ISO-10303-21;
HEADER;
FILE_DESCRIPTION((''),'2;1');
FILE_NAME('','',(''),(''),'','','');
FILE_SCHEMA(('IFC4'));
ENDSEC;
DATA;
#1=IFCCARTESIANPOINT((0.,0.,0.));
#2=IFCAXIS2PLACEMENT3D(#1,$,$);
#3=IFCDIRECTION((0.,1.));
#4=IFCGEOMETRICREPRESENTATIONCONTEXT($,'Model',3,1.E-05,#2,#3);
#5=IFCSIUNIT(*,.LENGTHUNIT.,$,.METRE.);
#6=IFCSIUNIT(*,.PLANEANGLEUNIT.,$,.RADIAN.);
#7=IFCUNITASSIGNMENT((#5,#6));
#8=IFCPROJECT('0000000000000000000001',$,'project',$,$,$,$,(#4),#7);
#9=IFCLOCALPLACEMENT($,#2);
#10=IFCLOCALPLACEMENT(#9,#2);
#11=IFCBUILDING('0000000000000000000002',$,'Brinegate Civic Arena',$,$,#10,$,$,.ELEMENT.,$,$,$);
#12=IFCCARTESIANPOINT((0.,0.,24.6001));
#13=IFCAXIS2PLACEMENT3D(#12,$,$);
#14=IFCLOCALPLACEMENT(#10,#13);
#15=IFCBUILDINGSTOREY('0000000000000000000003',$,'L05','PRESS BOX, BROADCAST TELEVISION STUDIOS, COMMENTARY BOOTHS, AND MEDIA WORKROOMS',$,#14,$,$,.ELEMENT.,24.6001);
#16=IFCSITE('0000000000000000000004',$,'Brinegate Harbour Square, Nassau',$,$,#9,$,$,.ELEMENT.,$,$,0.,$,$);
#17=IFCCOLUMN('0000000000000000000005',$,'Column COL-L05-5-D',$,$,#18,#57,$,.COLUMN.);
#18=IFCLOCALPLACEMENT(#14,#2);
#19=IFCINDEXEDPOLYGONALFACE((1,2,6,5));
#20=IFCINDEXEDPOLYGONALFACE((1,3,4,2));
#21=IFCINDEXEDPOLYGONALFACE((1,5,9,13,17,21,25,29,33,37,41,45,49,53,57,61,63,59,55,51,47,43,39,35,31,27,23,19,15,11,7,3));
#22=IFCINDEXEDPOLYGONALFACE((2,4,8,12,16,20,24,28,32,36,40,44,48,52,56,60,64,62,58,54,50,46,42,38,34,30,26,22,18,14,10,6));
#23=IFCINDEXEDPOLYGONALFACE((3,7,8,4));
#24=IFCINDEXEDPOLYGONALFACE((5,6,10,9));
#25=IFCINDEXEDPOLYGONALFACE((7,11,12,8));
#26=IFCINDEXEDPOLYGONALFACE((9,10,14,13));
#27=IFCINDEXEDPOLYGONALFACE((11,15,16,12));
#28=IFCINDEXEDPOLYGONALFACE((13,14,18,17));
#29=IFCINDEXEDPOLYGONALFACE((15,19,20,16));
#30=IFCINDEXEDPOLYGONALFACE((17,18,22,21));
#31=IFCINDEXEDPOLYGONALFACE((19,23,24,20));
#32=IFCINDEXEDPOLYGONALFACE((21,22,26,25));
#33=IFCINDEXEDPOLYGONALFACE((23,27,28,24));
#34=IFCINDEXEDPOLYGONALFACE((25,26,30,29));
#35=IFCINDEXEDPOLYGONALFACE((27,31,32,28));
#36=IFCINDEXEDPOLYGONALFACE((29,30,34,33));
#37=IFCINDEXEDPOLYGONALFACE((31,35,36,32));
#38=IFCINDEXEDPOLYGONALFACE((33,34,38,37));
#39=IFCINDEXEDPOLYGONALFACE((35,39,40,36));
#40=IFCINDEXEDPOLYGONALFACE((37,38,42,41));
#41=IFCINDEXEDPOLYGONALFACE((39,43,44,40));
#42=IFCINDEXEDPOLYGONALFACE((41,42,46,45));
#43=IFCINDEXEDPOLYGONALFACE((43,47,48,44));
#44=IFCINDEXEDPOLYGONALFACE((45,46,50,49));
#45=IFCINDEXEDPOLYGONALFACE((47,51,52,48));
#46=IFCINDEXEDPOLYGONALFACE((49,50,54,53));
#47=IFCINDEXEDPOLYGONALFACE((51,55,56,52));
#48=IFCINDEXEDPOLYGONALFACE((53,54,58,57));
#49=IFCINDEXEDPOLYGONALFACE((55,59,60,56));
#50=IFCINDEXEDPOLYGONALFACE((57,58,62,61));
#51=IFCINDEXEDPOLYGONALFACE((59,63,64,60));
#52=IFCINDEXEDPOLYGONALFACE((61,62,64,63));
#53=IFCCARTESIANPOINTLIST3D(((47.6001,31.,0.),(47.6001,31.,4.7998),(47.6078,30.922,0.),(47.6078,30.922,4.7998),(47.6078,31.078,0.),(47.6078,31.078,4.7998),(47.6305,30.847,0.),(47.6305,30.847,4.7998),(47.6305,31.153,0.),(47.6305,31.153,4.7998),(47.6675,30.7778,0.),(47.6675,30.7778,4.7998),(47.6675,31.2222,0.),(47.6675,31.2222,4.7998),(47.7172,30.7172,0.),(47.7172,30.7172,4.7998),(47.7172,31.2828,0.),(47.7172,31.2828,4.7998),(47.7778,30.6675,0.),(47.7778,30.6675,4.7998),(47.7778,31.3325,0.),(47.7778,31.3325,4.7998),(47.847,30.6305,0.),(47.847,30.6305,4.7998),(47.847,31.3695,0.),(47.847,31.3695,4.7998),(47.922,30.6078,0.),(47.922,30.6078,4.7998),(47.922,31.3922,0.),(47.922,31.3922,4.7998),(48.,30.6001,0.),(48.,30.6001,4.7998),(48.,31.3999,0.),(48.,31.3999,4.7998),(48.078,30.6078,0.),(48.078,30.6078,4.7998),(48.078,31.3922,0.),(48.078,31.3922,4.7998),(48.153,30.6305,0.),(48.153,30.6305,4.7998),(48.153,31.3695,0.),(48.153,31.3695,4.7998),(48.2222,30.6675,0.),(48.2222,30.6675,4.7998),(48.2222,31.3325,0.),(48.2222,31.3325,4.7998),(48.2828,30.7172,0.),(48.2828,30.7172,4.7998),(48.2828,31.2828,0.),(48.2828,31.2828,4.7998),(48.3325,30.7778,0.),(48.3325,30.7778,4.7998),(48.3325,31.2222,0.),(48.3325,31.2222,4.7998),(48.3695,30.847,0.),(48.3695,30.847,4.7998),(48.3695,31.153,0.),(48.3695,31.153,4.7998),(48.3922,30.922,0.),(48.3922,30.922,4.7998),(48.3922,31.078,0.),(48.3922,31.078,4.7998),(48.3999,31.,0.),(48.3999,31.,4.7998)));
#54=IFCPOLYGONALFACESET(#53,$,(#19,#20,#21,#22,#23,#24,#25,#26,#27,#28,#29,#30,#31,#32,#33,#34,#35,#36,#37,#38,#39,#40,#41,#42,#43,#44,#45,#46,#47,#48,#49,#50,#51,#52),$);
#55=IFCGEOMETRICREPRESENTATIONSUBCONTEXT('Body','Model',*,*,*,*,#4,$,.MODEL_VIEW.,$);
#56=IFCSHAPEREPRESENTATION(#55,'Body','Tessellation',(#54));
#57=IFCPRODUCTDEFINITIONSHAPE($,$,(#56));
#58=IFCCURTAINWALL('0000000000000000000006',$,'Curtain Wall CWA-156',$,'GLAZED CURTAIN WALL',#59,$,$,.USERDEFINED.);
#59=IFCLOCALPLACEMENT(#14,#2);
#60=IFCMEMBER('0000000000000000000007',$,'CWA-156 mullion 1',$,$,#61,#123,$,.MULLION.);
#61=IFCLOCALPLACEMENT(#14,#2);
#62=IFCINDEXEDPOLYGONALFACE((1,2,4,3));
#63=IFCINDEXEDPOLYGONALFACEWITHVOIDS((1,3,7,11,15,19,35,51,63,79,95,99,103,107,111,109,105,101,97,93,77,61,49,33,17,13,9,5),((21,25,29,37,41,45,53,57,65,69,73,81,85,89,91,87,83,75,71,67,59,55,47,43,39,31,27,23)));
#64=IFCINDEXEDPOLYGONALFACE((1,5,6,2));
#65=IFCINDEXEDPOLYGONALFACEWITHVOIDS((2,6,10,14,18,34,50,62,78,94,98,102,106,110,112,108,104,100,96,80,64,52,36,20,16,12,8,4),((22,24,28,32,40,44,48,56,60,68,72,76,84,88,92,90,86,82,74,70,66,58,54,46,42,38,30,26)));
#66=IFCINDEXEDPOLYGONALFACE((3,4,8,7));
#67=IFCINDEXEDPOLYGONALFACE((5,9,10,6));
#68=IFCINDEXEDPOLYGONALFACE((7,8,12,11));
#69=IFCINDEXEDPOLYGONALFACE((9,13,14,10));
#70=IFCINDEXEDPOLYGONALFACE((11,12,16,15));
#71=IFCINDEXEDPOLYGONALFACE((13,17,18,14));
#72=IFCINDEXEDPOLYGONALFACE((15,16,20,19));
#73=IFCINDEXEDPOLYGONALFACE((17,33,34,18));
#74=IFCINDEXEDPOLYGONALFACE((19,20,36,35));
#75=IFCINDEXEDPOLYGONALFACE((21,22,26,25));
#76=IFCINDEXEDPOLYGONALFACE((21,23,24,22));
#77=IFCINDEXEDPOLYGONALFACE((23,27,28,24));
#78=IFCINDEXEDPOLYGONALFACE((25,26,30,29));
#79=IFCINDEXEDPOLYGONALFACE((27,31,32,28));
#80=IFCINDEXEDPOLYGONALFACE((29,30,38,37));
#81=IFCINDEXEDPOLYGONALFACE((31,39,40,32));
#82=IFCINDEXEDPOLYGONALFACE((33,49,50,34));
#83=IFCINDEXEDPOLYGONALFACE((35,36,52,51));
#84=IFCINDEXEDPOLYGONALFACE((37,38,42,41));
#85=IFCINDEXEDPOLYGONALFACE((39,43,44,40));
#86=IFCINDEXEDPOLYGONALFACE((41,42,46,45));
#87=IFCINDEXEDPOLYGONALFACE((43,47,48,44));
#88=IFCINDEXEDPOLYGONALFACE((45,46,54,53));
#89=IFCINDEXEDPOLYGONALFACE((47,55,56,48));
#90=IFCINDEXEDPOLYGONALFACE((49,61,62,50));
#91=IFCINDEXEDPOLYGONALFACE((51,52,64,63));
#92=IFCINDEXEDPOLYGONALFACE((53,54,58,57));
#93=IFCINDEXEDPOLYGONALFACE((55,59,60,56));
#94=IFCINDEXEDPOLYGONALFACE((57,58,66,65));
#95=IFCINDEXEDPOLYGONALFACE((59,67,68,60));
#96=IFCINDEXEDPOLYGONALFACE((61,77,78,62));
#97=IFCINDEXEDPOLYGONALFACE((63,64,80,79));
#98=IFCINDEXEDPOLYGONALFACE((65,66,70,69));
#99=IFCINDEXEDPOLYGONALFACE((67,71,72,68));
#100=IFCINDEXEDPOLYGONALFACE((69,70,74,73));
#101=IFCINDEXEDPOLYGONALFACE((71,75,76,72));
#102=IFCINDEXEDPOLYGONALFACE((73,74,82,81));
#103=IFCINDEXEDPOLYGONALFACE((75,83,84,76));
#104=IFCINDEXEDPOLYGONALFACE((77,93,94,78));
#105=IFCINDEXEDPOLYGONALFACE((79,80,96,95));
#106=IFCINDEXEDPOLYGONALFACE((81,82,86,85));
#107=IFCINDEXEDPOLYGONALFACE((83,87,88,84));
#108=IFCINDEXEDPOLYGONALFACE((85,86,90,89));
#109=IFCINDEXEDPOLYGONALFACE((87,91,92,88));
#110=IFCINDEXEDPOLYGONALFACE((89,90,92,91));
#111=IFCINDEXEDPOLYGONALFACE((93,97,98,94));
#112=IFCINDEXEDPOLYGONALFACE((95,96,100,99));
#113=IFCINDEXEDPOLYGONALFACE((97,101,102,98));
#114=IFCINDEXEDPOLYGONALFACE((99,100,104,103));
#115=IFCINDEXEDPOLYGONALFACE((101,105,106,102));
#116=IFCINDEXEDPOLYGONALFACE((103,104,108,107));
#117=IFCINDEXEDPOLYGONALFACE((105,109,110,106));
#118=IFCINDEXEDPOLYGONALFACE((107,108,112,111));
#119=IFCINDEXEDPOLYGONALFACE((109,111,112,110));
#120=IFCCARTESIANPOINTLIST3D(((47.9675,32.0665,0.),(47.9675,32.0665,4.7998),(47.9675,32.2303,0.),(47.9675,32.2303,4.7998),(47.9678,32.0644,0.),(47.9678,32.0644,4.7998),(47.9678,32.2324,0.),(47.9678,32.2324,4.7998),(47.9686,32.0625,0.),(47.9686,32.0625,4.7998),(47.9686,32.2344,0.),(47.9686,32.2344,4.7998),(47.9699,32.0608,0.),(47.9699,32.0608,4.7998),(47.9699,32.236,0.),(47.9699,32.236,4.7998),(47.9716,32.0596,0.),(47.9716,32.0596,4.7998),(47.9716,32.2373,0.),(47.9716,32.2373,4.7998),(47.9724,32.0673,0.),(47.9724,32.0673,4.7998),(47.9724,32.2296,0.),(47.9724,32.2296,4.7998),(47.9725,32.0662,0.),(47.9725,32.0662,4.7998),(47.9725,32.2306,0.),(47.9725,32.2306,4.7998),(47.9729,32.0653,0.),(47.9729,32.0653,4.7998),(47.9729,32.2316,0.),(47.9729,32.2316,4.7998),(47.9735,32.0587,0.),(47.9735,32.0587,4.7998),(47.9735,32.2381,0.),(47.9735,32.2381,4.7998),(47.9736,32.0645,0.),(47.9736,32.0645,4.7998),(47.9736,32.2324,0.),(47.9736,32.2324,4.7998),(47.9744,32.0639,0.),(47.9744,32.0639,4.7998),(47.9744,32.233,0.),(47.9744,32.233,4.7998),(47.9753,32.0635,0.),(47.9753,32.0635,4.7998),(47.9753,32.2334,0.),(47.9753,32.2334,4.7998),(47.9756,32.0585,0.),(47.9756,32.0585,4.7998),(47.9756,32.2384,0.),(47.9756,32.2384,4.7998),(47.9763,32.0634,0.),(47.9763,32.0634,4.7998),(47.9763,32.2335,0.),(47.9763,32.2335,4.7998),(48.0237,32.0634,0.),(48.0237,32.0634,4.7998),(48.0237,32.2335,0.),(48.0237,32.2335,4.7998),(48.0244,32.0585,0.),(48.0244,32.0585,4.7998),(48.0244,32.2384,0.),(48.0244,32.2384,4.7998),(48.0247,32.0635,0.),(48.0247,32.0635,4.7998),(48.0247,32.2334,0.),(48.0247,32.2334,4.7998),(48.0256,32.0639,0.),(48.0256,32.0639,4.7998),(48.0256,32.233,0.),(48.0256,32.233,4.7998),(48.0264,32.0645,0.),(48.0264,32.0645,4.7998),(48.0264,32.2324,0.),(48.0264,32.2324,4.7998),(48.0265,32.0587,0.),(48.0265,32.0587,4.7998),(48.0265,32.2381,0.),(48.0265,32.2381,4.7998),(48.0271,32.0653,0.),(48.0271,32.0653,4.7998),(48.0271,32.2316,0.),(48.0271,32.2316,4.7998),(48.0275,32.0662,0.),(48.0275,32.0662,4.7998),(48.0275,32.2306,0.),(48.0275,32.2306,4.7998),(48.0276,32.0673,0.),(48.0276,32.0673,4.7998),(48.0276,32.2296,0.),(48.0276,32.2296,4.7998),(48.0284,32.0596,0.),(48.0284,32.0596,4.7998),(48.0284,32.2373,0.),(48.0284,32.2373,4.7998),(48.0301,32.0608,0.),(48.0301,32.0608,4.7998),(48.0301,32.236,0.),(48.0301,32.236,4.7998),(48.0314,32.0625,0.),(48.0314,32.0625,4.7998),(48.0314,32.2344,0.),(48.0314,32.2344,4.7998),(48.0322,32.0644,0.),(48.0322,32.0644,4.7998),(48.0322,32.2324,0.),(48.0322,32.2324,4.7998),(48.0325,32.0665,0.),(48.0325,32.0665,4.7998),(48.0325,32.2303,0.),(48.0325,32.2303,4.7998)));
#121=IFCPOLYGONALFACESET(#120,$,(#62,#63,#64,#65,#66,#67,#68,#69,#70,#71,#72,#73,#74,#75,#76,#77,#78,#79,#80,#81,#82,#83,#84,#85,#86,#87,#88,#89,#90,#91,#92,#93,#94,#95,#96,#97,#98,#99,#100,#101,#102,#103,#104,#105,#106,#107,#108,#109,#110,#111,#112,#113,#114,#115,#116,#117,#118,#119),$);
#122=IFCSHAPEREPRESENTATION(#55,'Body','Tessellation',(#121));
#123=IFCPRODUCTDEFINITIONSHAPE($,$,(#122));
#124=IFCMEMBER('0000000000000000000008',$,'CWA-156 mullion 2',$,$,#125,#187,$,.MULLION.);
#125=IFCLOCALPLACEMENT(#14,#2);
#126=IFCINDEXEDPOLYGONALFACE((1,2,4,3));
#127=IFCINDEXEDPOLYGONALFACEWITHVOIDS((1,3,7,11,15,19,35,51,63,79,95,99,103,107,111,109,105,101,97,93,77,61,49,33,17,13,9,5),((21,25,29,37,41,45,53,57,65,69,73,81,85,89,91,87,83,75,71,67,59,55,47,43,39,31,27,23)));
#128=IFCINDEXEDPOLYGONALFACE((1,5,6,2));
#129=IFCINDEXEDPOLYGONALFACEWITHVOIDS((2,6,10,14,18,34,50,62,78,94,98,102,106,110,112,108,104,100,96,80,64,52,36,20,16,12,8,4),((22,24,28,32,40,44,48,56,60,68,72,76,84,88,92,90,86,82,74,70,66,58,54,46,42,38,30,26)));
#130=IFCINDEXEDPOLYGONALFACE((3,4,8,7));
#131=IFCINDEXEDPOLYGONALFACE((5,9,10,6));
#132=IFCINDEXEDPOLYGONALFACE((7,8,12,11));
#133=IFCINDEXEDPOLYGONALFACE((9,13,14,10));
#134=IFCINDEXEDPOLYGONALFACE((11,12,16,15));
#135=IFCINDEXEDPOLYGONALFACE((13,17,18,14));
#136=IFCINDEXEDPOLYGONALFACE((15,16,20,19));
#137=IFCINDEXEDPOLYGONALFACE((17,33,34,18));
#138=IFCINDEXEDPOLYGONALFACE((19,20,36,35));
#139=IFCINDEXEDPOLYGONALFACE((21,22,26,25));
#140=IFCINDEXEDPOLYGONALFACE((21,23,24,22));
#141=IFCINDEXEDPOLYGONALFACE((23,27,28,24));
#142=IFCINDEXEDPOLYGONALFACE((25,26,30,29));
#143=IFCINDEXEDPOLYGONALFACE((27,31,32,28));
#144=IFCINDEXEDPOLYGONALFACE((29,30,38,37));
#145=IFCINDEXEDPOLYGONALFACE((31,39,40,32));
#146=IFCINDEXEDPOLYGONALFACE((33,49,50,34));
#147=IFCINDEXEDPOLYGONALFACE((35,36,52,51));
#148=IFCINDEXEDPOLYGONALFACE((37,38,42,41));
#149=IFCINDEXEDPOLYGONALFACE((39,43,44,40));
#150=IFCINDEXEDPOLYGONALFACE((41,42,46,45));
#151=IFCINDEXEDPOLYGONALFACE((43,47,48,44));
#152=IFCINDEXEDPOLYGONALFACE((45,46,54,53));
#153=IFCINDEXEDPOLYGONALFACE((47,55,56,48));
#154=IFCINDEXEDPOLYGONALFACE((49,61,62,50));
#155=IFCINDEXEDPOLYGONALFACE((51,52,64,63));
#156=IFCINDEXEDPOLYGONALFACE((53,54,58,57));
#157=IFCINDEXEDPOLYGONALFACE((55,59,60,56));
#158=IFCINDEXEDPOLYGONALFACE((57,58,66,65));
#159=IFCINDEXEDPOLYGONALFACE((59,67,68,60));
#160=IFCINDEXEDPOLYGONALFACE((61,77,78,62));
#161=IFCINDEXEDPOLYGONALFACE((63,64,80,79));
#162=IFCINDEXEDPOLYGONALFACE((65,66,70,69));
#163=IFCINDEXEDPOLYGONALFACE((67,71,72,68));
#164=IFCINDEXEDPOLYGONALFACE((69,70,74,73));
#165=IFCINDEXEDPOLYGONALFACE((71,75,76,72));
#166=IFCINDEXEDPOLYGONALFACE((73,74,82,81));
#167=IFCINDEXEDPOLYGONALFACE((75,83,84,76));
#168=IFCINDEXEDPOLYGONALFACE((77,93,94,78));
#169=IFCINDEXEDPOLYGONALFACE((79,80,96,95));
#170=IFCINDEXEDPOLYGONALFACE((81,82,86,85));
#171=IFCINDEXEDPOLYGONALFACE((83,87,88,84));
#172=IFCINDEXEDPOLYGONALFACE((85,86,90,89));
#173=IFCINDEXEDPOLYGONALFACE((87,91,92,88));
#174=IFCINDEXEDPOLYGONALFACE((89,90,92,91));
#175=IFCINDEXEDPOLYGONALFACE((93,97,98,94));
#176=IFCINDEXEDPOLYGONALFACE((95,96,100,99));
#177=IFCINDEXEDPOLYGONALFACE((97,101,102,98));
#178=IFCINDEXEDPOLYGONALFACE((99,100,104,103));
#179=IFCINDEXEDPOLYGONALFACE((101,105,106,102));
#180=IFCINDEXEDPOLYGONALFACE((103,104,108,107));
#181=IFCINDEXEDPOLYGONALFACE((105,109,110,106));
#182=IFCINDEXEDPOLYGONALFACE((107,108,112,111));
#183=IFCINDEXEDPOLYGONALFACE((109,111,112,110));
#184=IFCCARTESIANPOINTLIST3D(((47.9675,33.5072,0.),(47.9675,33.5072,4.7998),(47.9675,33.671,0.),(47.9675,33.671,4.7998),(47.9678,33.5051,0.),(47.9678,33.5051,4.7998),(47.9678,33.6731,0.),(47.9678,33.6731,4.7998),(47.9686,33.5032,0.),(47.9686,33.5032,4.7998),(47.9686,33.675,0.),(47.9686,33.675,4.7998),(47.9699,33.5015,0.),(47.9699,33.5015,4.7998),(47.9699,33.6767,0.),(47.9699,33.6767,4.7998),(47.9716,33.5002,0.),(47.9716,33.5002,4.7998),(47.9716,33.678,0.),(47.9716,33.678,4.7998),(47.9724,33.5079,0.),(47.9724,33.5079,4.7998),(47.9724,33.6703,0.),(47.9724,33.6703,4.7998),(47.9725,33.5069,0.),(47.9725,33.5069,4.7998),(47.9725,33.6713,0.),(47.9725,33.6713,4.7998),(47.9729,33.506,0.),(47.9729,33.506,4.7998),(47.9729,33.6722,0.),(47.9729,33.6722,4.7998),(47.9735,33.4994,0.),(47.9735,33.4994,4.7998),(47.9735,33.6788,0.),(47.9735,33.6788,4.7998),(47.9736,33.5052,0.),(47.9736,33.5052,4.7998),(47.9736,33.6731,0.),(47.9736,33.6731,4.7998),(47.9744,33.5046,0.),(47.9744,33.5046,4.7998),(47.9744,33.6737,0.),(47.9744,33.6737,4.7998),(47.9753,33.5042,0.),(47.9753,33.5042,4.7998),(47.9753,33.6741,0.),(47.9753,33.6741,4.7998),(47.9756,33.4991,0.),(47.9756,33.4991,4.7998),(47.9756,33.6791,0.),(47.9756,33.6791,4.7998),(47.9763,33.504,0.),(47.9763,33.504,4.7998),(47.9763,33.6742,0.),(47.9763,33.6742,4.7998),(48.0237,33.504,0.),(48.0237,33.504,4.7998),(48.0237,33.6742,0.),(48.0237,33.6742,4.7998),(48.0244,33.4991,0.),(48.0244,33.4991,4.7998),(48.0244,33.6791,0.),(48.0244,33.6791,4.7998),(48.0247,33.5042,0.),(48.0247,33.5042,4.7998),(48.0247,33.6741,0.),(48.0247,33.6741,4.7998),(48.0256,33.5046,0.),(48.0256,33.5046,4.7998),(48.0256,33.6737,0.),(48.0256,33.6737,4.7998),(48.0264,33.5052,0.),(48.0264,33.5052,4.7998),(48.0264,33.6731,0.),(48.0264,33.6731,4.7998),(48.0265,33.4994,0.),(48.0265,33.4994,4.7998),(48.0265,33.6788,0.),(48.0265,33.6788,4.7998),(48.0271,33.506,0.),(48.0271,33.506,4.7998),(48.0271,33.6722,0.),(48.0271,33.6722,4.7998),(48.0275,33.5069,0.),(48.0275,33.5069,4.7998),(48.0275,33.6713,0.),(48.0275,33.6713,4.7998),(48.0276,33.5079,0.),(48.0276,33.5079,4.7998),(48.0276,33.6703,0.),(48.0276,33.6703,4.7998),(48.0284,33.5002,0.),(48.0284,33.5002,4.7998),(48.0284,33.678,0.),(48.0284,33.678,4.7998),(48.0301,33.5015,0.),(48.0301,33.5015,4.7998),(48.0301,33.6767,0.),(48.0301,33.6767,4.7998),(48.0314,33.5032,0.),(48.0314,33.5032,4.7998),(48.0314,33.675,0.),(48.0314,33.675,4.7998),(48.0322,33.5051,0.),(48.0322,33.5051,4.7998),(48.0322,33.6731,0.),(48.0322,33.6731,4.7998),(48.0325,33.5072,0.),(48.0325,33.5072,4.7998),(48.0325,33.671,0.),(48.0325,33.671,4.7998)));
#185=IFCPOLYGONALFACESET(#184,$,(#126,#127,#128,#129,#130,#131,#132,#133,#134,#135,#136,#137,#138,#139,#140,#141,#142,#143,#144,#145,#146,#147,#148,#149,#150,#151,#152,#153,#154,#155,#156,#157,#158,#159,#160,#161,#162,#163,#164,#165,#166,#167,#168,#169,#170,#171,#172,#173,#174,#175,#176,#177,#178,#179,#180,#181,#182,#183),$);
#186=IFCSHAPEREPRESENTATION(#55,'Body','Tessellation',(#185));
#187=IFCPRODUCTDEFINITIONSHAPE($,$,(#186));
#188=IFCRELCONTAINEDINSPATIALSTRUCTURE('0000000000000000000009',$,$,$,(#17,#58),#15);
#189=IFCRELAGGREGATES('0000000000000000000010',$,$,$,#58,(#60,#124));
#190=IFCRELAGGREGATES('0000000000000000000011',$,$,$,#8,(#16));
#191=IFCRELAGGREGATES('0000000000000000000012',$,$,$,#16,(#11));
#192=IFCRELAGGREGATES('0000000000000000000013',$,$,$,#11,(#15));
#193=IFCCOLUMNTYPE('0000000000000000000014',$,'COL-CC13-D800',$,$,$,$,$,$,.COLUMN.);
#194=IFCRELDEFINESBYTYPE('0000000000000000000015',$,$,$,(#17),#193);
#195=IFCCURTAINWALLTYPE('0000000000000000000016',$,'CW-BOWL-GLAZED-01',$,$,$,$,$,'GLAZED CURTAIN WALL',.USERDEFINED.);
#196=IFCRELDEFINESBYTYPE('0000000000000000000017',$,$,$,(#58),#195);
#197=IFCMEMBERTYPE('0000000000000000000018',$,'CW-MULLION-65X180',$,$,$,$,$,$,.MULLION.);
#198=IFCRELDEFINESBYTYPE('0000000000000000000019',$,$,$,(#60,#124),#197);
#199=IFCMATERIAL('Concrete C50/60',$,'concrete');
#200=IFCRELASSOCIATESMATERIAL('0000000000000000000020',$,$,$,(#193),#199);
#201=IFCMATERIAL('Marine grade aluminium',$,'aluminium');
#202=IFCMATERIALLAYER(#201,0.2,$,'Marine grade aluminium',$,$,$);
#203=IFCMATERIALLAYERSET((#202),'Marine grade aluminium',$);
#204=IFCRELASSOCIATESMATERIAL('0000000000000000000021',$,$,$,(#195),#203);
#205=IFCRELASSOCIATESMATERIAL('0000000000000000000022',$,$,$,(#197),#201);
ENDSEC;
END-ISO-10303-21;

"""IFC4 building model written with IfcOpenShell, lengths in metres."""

from ifc_helpers import new_model, si_unit, direction, frame, origin, origin_2d, place, context, subcontext, project, spatial, hollow_rectangle, circle, extrude, material, layer, layer_set, material_profile, profile_set, type_object, element, aggregate, save


model = new_model("IFC4")

# Units and contexts
model_context = context("Model", 3, precision=1e-05, world=origin(), true_north=direction((0.0, 1.0)))
body_context = subcontext(model_context, "Body", "Model", "MODEL_VIEW")
ifc_project = project(units=[si_unit("LENGTHUNIT", "METRE"), si_unit("PLANEANGLEUNIT", "RADIAN")], contexts=[model_context])

# Site, building, storey
site_placement = place(None, origin())
site = spatial("IfcSite", under=ifc_project, at=site_placement, Name="Brinegate Harbour Square, Nassau", CompositionType="ELEMENT", RefElevation=0.0)
building_placement = place(site_placement, origin())
building = spatial("IfcBuilding", under=site, at=building_placement, Name="Brinegate Civic Arena", CompositionType="ELEMENT")
storey_placement = place(building_placement, frame((0.0, 0.0, 24.6001)))
storey = spatial("IfcBuildingStorey", under=building, at=storey_placement, Name="L05", Description="PRESS BOX, BROADCAST TELEVISION STUDIOS, COMMENTARY BOOTHS, AND MEDIA WORKROOMS", CompositionType="ELEMENT", Elevation=24.6001)

# Column
ifc_material_1 = material(Name="Concrete C50/60", Category="concrete")
ifc_material_profile_1 = material_profile(ifc_material_1, circle(Radius=0.3999, at=origin_2d()), Name="RCD800")
ifc_profile_set_1 = profile_set([ifc_material_profile_1], Name="Concrete C50/60")
column_type = type_object("IfcColumnType", Name="COL-CC13-D800", PredefinedType="COLUMN", material=ifc_profile_set_1)
column_placement = place(storey_placement, frame((48.0, 31.0, 0.0), z_axis=(0.0, 0.0, 1.0), x_axis=(1.0, 0.0, 0.0)))
element("IfcColumn", 1, at=column_placement, inside=storey, type_object=column_type, Name="Column COL-L05-5-D", PredefinedType="COLUMN", context=body_context, shape_type="SweptSolid", body=[
    extrude(circle(Radius=0.3999, at=origin_2d()), origin(), (0.0, 0.0, 1.0), 4.7998),
])

# Curtain wall, members
ifc_material_2 = material(Name="Marine grade aluminium", Category="aluminium")
ifc_layer_1 = layer(ifc_material_2, 0.2, Name="Marine grade aluminium")
ifc_layer_set_1 = layer_set([ifc_layer_1], Name="Marine grade aluminium")
curtain_wall_type = type_object("IfcCurtainWallType", Name="CW-BOWL-GLAZED-01", ElementType="GLAZED CURTAIN WALL", PredefinedType="USERDEFINED", material=ifc_layer_set_1)
curtain_wall_1_placement = place(storey_placement, origin())
curtain_wall_1 = element("IfcCurtainWall", 2, at=curtain_wall_1_placement, inside=storey, type_object=curtain_wall_type, Name="Curtain Wall CWA-156", ObjectType="GLAZED CURTAIN WALL", PredefinedType="USERDEFINED")
ifc_material_profile_2 = material_profile(ifc_material_2, hollow_rectangle(XDim=0.0649, YDim=0.1799, WallThickness=0.0049, InnerFilletRadius=0.0039, OuterFilletRadius=0.0081, at=origin_2d()), Name="MUL65X180")
ifc_profile_set_2 = profile_set([ifc_material_profile_2], Name="Marine grade aluminium")
member_type_1 = type_object("IfcMemberType", Name="CW-MULLION-65X180", PredefinedType="MULLION", material=ifc_profile_set_2)
member_1_placement = place(storey_placement, frame((48.0, 32.1484, 0.0), z_axis=(0.0, 0.0, 1.0), x_axis=(-1.0, 0.0, 0.0)))
member_1 = element("IfcMember", 3, at=member_1_placement, type_object=member_type_1, Name="CWA-156 mullion 1", PredefinedType="MULLION", context=body_context, shape_type="SweptSolid", body=[
    extrude(hollow_rectangle(XDim=0.0649, YDim=0.1799, WallThickness=0.0049, InnerFilletRadius=0.0039, OuterFilletRadius=0.0081, at=origin_2d()), origin(), (0.0, 0.0, 1.0), 4.7998),
])
member_2_placement = place(storey_placement, frame((48.0, 33.5891, 0.0), z_axis=(0.0, 0.0, 1.0), x_axis=(-1.0, 0.0, 0.0)))
member_2 = element("IfcMember", 4, at=member_2_placement, type_object=member_type_1, Name="CWA-156 mullion 2", PredefinedType="MULLION", context=body_context, shape_type="SweptSolid", body=[
    extrude(hollow_rectangle(XDim=0.0649, YDim=0.1799, WallThickness=0.0049, InnerFilletRadius=0.0039, OuterFilletRadius=0.0081, at=origin_2d()), origin(), (0.0, 0.0, 1.0), 4.7998),
])

aggregate(curtain_wall_1, [member_1, member_2])

save(model, "model.ifc")
